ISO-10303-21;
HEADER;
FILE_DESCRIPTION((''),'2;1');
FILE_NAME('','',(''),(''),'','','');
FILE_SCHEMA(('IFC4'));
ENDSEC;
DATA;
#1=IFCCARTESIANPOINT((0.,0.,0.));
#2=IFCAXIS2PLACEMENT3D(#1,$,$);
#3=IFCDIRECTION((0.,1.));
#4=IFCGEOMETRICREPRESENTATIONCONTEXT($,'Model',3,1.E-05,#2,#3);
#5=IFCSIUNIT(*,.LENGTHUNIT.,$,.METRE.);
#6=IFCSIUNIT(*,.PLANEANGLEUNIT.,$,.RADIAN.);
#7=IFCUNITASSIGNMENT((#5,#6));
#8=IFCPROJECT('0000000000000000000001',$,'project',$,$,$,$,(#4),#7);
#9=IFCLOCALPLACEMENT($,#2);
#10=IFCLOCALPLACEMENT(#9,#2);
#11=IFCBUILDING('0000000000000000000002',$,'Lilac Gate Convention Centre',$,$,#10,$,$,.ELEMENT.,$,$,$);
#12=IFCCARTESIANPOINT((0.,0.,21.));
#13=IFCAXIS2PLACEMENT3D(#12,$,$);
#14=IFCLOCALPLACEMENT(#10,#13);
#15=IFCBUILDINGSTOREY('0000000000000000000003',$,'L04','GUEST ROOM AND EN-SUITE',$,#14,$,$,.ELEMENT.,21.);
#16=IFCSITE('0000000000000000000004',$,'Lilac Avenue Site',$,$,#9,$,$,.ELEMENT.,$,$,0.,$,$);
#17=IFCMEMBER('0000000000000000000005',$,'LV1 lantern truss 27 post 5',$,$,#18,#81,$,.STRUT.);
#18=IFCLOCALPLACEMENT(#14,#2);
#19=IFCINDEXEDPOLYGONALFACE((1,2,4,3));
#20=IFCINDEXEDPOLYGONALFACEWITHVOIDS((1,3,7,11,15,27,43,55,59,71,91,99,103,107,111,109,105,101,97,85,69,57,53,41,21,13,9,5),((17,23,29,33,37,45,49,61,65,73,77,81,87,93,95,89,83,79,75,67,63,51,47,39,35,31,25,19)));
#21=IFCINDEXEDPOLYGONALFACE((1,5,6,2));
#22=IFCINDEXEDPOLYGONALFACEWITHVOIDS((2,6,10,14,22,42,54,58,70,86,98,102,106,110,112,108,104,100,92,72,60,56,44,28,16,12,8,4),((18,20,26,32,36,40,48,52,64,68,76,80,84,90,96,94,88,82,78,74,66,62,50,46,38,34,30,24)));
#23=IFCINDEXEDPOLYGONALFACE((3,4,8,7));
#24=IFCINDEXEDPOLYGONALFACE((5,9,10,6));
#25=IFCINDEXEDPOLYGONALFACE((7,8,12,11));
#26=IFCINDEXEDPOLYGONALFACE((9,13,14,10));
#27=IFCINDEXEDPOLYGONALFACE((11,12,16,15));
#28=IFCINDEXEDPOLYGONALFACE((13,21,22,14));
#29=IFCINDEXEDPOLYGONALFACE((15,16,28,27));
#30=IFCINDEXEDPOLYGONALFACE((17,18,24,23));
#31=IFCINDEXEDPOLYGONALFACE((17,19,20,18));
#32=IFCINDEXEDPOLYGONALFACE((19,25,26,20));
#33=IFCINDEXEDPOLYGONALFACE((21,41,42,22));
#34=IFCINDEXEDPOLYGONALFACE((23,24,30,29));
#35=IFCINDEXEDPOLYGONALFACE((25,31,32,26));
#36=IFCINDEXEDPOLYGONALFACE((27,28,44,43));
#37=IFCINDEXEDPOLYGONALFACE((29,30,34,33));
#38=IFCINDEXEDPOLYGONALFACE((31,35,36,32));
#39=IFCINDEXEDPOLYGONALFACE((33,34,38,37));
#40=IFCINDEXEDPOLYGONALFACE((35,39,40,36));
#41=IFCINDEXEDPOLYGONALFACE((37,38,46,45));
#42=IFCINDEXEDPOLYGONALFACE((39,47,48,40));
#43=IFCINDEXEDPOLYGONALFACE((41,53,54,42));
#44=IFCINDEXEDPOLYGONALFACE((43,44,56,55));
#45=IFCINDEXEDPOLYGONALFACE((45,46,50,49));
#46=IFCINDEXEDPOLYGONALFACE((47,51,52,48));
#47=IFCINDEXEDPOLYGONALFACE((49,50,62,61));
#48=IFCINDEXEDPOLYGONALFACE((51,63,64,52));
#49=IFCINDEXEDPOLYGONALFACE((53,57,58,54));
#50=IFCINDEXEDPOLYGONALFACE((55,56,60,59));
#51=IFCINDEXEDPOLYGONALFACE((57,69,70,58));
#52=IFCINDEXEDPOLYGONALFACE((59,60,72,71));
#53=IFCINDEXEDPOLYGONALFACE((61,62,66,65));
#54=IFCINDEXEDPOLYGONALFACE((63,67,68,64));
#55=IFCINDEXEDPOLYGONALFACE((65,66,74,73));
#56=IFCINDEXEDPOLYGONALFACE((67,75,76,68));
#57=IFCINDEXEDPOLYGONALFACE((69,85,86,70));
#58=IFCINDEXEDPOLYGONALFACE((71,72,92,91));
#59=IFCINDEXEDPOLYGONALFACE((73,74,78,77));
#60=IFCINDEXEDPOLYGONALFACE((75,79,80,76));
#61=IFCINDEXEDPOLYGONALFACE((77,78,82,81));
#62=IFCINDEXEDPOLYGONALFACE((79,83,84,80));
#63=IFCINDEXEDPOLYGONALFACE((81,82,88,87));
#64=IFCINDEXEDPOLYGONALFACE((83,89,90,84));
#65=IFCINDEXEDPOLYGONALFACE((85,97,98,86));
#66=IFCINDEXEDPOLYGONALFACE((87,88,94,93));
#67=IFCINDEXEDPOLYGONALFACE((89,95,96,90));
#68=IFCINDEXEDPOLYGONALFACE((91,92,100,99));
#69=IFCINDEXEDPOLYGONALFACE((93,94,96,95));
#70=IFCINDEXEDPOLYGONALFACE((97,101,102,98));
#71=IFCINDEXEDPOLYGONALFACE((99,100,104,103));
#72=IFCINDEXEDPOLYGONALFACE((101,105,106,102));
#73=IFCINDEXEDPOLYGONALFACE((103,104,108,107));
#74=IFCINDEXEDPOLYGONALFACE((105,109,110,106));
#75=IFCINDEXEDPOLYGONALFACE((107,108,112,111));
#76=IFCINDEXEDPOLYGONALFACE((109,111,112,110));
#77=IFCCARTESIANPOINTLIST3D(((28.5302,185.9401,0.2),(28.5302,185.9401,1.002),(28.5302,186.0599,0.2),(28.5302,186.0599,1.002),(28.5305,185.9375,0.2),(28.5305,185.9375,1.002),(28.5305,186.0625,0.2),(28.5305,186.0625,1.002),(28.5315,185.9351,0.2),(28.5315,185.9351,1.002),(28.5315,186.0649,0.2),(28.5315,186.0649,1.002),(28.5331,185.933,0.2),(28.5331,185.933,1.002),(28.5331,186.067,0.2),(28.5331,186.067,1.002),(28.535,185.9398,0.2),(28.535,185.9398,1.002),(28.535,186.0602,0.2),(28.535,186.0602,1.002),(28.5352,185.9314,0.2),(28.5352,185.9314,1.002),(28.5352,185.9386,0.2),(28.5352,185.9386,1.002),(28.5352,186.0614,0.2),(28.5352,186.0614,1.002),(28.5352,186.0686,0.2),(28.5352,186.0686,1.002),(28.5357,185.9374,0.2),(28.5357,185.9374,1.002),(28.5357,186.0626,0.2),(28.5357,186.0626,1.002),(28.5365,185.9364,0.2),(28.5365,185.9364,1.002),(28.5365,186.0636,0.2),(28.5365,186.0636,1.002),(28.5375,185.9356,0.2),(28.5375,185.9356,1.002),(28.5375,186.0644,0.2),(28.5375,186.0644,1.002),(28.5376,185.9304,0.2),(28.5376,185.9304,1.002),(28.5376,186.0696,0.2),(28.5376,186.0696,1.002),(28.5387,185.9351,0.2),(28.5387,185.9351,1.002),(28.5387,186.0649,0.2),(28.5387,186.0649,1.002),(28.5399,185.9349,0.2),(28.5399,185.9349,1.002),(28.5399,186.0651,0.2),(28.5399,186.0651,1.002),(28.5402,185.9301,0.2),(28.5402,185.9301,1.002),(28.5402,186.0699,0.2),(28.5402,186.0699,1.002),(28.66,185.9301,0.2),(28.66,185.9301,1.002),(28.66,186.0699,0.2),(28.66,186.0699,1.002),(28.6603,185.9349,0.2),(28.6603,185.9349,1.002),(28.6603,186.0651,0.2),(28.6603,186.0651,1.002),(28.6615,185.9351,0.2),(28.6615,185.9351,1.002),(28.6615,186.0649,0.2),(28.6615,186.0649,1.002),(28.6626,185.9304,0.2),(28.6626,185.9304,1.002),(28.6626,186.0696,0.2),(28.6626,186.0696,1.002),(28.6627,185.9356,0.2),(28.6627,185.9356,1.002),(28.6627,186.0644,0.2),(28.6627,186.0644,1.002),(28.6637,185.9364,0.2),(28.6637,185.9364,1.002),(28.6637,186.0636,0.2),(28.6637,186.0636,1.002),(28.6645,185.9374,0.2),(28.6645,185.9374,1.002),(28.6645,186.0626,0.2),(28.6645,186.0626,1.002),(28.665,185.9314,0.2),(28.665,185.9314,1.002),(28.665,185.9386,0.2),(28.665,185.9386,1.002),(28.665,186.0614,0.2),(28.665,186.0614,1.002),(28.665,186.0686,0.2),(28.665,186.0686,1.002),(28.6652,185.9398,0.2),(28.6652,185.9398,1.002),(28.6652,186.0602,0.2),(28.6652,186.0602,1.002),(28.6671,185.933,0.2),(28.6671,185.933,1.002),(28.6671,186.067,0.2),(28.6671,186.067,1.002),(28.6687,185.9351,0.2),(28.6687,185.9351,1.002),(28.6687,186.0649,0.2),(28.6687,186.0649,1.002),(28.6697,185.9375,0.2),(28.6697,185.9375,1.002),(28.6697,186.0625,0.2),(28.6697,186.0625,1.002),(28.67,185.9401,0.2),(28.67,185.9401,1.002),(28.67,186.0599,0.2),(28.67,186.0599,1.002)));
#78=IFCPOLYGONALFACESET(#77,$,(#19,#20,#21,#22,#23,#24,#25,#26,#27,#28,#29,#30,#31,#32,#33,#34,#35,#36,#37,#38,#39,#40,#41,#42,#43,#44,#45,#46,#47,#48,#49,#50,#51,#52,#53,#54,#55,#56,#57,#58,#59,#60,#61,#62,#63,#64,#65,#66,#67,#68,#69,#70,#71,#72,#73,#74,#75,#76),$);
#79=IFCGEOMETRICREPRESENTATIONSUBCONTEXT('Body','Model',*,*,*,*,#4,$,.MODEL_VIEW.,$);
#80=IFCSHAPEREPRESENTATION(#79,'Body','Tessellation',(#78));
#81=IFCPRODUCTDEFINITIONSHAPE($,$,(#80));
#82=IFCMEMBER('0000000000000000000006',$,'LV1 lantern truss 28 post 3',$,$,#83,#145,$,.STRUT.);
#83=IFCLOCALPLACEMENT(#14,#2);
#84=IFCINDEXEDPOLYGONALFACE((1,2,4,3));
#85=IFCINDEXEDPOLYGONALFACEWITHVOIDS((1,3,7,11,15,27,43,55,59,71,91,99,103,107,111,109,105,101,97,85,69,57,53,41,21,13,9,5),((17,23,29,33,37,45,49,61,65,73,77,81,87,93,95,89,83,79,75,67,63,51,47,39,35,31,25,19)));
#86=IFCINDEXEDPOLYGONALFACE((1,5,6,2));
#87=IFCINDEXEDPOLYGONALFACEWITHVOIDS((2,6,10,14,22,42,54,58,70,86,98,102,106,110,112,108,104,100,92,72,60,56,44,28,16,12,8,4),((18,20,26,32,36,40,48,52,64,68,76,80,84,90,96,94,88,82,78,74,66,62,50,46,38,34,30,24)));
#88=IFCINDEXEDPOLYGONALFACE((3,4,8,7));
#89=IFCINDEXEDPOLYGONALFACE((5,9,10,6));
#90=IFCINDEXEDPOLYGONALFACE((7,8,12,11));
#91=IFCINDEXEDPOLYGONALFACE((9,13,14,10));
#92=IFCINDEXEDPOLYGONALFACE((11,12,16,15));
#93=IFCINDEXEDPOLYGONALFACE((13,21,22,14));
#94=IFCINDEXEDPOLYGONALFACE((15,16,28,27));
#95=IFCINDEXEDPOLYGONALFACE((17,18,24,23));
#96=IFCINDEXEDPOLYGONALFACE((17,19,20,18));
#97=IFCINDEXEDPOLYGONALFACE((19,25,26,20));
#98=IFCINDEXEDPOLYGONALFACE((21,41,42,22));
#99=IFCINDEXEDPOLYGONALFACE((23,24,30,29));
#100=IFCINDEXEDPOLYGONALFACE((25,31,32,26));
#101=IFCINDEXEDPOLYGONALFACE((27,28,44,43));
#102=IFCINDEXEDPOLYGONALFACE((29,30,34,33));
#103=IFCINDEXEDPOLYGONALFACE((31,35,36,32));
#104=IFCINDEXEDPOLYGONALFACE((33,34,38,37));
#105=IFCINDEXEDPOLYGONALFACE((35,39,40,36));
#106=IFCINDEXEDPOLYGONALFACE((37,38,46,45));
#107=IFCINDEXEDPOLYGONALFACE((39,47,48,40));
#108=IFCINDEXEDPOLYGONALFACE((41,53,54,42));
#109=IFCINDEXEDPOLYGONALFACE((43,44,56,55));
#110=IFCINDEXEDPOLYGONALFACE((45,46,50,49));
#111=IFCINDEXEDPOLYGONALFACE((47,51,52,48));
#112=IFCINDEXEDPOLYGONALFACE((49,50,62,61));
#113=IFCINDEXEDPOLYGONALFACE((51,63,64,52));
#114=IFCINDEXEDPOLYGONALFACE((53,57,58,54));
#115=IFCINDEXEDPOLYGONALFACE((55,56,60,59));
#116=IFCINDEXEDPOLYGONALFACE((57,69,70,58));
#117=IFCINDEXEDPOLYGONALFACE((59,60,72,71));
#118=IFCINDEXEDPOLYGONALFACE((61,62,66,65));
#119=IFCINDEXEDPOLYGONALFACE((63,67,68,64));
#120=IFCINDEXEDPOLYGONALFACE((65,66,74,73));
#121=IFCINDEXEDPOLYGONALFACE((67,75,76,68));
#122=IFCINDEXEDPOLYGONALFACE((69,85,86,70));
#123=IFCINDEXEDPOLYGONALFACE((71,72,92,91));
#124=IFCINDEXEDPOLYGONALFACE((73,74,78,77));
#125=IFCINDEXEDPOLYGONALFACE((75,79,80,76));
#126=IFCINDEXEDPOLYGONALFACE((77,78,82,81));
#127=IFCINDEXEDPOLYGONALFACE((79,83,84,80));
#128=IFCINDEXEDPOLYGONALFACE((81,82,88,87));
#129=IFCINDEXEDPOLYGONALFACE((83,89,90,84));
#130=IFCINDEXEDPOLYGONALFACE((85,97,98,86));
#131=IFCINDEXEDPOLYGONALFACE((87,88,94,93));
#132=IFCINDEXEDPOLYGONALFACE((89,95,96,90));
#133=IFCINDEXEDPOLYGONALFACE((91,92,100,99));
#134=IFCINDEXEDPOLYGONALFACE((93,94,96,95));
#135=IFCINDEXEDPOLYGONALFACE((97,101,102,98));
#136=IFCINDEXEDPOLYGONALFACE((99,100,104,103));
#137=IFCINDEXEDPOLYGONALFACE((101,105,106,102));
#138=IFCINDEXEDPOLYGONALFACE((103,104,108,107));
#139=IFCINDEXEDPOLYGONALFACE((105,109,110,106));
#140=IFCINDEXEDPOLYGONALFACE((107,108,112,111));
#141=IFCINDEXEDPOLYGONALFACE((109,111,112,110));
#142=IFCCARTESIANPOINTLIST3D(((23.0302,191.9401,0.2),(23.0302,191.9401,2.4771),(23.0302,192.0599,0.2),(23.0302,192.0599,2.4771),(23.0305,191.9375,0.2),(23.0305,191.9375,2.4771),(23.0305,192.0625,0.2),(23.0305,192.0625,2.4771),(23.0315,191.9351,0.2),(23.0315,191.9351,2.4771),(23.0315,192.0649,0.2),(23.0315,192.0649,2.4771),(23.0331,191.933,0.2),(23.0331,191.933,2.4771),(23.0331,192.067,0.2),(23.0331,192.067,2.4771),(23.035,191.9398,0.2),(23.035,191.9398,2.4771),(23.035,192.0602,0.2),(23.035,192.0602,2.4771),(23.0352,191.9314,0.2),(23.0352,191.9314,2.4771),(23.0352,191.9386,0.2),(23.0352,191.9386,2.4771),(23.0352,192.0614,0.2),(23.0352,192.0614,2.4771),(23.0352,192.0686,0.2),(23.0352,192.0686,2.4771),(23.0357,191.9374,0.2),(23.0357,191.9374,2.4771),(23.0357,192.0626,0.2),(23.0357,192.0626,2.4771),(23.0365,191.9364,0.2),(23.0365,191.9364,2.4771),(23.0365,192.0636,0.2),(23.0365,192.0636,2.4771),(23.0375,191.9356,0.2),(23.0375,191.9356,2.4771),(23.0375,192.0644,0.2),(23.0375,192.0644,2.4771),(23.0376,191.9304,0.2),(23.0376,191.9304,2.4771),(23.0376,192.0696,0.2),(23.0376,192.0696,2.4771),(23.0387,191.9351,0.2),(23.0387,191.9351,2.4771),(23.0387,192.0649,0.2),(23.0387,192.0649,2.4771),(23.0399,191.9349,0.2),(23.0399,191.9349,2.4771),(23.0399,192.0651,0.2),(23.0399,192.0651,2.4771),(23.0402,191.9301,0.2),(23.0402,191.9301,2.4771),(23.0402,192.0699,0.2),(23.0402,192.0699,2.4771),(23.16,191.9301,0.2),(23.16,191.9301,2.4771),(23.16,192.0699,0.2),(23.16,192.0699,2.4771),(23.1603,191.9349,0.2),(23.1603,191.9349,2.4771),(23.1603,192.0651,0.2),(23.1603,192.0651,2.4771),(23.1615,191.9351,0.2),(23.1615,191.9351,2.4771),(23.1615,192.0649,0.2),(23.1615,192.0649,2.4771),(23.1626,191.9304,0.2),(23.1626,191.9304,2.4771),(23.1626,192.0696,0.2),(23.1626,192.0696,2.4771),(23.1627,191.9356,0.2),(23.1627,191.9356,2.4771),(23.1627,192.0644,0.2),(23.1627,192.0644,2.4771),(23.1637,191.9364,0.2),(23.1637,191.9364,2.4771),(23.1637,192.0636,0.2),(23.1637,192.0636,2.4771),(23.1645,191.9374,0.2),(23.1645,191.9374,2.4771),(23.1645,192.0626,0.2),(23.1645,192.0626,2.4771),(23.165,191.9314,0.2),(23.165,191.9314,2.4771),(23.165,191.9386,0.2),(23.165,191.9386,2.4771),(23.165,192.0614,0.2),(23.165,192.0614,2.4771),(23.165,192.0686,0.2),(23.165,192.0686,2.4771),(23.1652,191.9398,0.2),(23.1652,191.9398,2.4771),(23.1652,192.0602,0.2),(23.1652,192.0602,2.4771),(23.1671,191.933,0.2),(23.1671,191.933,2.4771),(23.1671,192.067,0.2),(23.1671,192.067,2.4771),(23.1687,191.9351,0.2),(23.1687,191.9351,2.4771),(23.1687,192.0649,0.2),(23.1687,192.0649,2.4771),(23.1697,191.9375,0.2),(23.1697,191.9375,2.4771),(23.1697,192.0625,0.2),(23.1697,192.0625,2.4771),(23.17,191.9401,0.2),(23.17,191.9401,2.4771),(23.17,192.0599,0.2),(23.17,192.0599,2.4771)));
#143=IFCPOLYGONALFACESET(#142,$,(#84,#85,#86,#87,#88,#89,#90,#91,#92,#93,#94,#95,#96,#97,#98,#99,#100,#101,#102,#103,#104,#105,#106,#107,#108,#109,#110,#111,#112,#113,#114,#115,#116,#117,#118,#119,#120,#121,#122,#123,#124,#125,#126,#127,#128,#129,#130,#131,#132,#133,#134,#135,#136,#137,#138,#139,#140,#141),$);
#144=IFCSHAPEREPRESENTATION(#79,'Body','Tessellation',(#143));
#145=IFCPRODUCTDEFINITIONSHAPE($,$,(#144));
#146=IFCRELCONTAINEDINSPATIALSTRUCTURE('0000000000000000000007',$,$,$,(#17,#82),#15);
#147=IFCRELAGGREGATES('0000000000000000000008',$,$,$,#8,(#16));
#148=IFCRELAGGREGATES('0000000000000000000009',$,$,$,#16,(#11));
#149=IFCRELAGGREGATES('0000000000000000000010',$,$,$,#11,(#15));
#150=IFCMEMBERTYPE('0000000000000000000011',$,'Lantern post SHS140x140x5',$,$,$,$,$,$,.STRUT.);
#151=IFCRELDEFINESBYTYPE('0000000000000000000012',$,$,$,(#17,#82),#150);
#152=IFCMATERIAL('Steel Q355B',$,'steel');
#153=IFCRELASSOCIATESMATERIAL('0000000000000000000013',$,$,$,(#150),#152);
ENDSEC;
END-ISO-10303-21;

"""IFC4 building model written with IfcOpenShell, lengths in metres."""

from ifc_helpers import new_model, si_unit, direction, frame, origin, origin_2d, place, context, subcontext, project, spatial, hollow_rectangle, extrude, material, material_profile, profile_set, type_object, element, save


model = new_model("IFC4")

# Units and contexts
model_context = context("Model", 3, precision=1e-05, world=origin(), true_north=direction((0.0, 1.0)))
body_context = subcontext(model_context, "Body", "Model", "MODEL_VIEW")
ifc_project = project(units=[si_unit("LENGTHUNIT", "METRE"), si_unit("PLANEANGLEUNIT", "RADIAN")], contexts=[model_context])

# Site, building, storey
site_placement = place(None, origin())
site = spatial("IfcSite", under=ifc_project, at=site_placement, Name="Lilac Avenue Site", CompositionType="ELEMENT", RefElevation=0.0)
building_placement = place(site_placement, origin())
building = spatial("IfcBuilding", under=site, at=building_placement, Name="Lilac Gate Convention Centre", CompositionType="ELEMENT")
storey_placement = place(building_placement, frame((0.0, 0.0, 21.0)))
storey = spatial("IfcBuildingStorey", under=building, at=storey_placement, Name="L04", Description="GUEST ROOM AND EN-SUITE", CompositionType="ELEMENT", Elevation=21.0)

# Members
ifc_material_1 = material(Name="Steel Q355B", Category="steel")
ifc_material_profile_1 = material_profile(ifc_material_1, hollow_rectangle(XDim=0.1399, YDim=0.1399, WallThickness=0.0049, InnerFilletRadius=0.0049, OuterFilletRadius=0.01, at=origin_2d()), Name="SHS140x140x5")
ifc_profile_set_1 = profile_set([ifc_material_profile_1], Name="Steel Q355B")
member_type_1 = type_object("IfcMemberType", Name="Lantern post SHS140x140x5", PredefinedType="STRUT", material=ifc_profile_set_1)
member_1_placement = place(storey_placement, frame((28.6001, 186.0, 0.2), z_axis=(0.0, 0.0, 1.0), x_axis=(1.0, 0.0, 0.0)))
element("IfcMember", 1, at=member_1_placement, inside=storey, type_object=member_type_1, Name="LV1 lantern truss 27 post 5", PredefinedType="STRUT", context=body_context, shape_type="SweptSolid", body=[
    extrude(hollow_rectangle(XDim=0.1399, YDim=0.1399, WallThickness=0.0049, InnerFilletRadius=0.0049, OuterFilletRadius=0.01, at=origin_2d()), origin(), (0.0, 0.0, 1.0), 0.802),
])
member_2_placement = place(storey_placement, frame((23.1001, 192.0, 0.2), z_axis=(0.0, 0.0, 1.0), x_axis=(1.0, 0.0, 0.0)))
element("IfcMember", 2, at=member_2_placement, inside=storey, type_object=member_type_1, Name="LV1 lantern truss 28 post 3", PredefinedType="STRUT", context=body_context, shape_type="SweptSolid", body=[
    extrude(hollow_rectangle(XDim=0.1399, YDim=0.1399, WallThickness=0.0049, InnerFilletRadius=0.0049, OuterFilletRadius=0.01, at=origin_2d()), origin(), (0.0, 0.0, 1.0), 2.2771),
])

save(model, "model.ifc")
